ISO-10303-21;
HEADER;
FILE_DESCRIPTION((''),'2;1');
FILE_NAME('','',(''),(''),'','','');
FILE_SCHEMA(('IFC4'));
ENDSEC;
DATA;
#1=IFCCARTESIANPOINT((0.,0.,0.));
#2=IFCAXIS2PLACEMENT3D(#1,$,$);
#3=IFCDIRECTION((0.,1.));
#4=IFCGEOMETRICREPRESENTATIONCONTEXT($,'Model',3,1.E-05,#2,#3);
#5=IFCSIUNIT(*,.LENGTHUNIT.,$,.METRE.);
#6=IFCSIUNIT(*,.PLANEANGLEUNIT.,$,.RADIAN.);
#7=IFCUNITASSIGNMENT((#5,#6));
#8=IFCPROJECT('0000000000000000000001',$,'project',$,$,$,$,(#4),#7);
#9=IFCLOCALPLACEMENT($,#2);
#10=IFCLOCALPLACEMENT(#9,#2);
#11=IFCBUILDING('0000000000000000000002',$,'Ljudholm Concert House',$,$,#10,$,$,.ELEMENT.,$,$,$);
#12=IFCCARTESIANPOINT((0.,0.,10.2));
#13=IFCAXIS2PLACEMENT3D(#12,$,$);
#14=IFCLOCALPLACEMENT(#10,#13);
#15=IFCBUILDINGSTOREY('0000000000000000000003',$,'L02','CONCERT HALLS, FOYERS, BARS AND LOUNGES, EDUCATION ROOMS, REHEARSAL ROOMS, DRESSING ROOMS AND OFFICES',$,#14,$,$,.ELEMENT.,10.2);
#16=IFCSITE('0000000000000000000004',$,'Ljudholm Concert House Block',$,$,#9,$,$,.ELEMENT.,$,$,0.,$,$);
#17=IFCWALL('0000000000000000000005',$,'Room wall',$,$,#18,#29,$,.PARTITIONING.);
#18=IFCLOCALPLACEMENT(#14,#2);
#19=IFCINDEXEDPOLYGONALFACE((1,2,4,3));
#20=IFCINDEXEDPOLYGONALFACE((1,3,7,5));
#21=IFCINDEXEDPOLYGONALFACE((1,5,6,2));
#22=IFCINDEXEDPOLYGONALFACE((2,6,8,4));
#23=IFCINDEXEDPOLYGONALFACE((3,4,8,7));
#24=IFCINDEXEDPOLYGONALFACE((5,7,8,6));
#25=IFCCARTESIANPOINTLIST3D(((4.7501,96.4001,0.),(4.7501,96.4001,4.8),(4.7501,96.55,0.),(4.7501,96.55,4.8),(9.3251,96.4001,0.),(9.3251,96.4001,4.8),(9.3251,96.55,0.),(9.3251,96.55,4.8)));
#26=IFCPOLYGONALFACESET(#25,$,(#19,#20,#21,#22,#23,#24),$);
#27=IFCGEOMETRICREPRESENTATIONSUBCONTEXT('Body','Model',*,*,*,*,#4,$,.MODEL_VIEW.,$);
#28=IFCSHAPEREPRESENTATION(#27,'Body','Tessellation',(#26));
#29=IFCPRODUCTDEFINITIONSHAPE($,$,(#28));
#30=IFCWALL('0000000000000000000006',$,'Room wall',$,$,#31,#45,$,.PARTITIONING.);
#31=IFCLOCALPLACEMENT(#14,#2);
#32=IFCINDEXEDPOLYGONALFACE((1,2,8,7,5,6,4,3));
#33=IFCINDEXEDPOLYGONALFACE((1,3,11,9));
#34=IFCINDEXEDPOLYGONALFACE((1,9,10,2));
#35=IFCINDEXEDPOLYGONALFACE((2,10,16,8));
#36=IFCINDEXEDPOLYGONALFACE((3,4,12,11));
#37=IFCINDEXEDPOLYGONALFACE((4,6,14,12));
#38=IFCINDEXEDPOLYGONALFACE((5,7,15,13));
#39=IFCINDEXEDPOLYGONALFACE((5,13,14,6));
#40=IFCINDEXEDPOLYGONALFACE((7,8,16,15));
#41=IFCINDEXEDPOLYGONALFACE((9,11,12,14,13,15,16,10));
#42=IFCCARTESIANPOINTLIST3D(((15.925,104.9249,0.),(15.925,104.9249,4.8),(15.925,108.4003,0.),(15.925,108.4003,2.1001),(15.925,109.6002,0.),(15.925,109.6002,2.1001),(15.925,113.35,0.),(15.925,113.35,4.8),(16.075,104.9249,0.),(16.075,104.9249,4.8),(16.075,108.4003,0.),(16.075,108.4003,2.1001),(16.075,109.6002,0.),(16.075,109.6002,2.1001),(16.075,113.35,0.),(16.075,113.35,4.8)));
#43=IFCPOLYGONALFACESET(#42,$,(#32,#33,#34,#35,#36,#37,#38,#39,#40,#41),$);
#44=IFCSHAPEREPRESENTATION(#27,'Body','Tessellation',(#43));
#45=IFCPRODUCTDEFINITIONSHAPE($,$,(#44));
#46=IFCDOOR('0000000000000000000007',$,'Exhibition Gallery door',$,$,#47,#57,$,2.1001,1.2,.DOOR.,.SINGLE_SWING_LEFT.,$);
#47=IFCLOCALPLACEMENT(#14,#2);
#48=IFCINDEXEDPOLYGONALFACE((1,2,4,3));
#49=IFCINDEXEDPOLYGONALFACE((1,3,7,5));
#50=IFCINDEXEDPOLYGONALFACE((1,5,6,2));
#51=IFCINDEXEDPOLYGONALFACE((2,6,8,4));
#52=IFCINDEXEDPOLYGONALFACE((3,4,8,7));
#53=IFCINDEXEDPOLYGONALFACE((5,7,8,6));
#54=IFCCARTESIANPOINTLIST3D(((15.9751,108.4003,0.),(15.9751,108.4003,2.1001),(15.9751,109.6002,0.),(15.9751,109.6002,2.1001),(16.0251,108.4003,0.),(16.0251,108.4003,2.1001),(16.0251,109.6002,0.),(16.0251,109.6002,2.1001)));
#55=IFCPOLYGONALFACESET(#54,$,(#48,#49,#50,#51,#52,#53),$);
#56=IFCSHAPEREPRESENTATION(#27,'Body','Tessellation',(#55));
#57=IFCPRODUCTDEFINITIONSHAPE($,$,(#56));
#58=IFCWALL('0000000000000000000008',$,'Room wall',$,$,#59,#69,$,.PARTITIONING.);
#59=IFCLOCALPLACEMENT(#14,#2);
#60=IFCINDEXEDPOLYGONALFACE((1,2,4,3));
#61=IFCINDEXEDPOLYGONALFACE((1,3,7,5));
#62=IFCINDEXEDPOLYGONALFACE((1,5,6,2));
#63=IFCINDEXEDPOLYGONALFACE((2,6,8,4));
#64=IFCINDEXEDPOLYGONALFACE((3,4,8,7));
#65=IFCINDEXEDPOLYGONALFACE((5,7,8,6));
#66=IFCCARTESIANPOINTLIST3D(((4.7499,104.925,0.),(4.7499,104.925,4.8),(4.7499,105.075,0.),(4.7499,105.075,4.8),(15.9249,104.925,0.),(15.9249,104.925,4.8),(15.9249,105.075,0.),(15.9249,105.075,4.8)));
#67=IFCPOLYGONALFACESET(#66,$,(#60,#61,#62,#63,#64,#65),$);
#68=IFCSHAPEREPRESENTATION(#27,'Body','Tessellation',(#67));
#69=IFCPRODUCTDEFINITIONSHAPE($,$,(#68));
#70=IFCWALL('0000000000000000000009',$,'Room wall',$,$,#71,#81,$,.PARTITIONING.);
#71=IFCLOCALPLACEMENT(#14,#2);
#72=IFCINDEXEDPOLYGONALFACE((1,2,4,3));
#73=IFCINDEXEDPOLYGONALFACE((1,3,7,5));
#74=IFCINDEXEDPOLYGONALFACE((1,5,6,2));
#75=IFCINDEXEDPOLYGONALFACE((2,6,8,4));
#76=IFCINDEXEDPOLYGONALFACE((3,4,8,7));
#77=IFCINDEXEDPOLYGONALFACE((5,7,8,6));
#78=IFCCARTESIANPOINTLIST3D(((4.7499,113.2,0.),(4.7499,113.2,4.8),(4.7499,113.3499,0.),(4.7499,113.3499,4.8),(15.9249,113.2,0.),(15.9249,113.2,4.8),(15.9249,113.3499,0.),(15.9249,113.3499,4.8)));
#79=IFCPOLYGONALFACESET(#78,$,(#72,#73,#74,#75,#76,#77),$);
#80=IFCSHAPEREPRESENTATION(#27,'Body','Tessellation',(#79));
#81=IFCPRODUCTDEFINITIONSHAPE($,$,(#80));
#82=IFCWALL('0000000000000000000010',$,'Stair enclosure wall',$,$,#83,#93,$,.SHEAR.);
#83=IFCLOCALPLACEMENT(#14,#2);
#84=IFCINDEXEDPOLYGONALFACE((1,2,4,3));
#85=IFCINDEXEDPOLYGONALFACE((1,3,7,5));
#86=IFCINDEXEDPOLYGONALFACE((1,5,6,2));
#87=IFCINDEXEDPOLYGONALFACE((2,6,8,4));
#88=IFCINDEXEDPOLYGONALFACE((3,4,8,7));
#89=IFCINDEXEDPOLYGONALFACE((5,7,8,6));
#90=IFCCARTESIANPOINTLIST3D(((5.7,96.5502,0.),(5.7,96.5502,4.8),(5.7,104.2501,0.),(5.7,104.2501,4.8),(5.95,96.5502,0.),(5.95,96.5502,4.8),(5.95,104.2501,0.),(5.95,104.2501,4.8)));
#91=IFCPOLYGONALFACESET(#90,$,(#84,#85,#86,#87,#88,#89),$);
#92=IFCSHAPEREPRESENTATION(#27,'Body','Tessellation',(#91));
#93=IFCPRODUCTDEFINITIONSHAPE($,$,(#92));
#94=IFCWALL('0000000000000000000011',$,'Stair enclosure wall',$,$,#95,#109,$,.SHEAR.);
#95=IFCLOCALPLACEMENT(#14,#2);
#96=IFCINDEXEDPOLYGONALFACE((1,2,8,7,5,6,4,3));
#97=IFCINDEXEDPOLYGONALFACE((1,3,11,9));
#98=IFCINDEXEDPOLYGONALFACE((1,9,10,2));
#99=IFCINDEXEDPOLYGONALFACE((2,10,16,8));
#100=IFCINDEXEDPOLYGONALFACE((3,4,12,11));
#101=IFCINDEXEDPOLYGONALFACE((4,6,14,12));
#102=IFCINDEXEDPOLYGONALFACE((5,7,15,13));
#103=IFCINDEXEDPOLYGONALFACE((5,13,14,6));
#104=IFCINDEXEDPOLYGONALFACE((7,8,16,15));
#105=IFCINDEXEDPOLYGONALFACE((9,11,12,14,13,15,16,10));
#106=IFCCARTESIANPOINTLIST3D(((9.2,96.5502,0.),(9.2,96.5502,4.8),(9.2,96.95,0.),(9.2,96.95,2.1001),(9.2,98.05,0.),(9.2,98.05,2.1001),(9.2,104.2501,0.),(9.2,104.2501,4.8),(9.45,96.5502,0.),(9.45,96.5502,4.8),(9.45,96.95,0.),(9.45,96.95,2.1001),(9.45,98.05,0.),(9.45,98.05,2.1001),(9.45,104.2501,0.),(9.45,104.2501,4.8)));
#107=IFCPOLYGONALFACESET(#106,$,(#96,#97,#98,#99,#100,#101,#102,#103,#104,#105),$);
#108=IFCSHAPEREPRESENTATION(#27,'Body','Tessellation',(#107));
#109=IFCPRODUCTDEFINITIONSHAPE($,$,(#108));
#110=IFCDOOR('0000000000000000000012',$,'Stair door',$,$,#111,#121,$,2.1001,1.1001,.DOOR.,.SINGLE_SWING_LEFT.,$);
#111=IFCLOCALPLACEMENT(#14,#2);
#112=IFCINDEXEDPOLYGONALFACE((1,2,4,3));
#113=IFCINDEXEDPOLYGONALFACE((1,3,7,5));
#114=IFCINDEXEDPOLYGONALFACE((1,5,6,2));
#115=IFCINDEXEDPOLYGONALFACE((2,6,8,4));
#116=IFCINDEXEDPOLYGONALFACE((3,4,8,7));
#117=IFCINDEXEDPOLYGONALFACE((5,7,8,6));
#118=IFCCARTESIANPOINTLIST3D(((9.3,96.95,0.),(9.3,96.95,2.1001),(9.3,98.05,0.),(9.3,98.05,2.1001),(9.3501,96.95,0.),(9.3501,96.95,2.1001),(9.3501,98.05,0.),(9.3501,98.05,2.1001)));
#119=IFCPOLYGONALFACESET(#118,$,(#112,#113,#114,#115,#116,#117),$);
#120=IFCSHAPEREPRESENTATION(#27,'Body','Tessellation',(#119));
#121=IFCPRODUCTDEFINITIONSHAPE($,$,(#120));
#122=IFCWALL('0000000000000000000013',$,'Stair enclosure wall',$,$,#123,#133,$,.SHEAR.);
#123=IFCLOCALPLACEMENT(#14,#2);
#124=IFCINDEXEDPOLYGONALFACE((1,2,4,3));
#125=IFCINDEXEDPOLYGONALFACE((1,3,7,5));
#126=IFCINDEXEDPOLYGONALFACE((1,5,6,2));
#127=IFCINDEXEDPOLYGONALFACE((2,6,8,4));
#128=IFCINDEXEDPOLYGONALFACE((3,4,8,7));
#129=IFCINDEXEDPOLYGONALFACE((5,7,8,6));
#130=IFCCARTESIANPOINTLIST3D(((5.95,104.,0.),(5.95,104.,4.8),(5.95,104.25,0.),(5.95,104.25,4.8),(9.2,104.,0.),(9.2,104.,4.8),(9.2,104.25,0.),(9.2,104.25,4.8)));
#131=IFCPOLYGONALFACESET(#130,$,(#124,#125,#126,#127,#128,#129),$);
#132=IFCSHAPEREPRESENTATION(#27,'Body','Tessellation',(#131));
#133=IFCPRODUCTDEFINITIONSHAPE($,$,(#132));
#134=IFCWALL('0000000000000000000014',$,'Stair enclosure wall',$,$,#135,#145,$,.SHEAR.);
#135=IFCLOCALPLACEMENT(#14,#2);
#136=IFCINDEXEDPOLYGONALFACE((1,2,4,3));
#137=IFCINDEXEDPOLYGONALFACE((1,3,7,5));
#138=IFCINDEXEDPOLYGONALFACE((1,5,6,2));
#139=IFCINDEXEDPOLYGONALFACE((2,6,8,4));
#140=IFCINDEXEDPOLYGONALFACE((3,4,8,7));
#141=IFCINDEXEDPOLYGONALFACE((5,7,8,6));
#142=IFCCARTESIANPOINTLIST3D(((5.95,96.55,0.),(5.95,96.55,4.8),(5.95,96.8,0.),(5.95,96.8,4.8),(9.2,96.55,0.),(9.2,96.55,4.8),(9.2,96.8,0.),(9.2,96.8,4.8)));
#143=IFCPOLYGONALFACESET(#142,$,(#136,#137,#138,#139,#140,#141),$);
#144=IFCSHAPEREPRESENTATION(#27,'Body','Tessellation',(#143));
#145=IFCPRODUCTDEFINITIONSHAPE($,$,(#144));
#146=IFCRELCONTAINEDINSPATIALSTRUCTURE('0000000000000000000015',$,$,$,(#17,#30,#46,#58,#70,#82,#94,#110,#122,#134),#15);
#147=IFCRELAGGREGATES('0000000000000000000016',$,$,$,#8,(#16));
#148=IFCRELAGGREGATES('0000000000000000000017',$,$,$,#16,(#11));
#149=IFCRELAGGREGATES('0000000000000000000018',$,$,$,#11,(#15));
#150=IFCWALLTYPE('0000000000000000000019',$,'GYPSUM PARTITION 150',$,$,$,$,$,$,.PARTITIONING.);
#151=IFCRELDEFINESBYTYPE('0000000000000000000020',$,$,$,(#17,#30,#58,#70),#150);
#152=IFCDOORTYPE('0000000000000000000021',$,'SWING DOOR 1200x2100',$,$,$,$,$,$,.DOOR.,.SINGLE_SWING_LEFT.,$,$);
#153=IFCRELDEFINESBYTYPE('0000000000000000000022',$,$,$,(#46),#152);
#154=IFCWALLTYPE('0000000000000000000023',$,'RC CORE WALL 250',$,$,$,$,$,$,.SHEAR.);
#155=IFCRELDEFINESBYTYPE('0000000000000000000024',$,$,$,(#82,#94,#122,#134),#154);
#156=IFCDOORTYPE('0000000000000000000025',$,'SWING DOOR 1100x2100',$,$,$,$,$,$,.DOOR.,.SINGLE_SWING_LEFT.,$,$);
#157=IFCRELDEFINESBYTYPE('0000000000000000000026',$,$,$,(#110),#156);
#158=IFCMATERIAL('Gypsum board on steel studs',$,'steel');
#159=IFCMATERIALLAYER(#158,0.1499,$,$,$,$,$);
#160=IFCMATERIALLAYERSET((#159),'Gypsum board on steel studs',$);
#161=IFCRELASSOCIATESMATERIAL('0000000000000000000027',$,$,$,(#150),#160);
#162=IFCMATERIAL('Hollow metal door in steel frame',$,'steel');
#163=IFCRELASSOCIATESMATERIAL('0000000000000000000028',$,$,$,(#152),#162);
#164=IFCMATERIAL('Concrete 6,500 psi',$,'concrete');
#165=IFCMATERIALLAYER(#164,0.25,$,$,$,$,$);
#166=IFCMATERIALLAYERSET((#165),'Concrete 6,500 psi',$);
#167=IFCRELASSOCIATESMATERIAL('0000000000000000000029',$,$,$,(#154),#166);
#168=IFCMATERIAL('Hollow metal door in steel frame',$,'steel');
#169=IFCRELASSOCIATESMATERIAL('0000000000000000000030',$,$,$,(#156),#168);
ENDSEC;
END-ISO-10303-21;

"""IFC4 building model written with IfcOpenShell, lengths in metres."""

from ifc_helpers import new_model, si_unit, direction, frame, frame_2d, origin, place, context, subcontext, project, spatial, rectangle, extrude, material, layer, layer_set, type_object, element, fill, save


model = new_model("IFC4")

# Units and contexts
model_context = context("Model", 3, precision=1e-05, world=origin(), true_north=direction((0.0, 1.0)))
body_context = subcontext(model_context, "Body", "Model", "MODEL_VIEW")
ifc_project = project(units=[si_unit("LENGTHUNIT", "METRE"), si_unit("PLANEANGLEUNIT", "RADIAN")], contexts=[model_context])

# Site, building, storey
site_placement = place(None, origin())
site = spatial("IfcSite", under=ifc_project, at=site_placement, Name="Ljudholm Concert House Block", CompositionType="ELEMENT", RefElevation=0.0)
building_placement = place(site_placement, origin())
building = spatial("IfcBuilding", under=site, at=building_placement, Name="Ljudholm Concert House", CompositionType="ELEMENT")
storey_placement = place(building_placement, frame((0.0, 0.0, 10.2)))
storey = spatial("IfcBuildingStorey", under=building, at=storey_placement, Name="L02", Description="CONCERT HALLS, FOYERS, BARS AND LOUNGES, EDUCATION ROOMS, REHEARSAL ROOMS, DRESSING ROOMS AND OFFICES", CompositionType="ELEMENT", Elevation=10.2)

# Wall
ifc_material_1 = material(Name="Gypsum board on steel studs", Category="steel")
ifc_layer_1 = layer(ifc_material_1, 0.1499)
ifc_layer_set_1 = layer_set([ifc_layer_1], Name="Gypsum board on steel studs")
wall_type_1 = type_object("IfcWallType", Name="GYPSUM PARTITION 150", PredefinedType="PARTITIONING", material=ifc_layer_set_1)
wall_1_placement = place(storey_placement, frame((4.75, 96.4751, 0.0), z_axis=(0.0, 0.0, 1.0), x_axis=(1.0, 0.0, 0.0)))
element("IfcWall", 1, at=wall_1_placement, inside=storey, type_object=wall_type_1, Name="Room wall", PredefinedType="PARTITIONING", context=body_context, shape_type="SweptSolid", body=[
    extrude(rectangle(XDim=4.575, YDim=0.1499, at=frame_2d((2.2876, 0.0))), origin(), (0.0, 0.0, 1.0), 4.8),
])

# Wall, opening, door
wall_2_placement = place(storey_placement, frame((16.0, 104.925, 0.0), z_axis=(0.0, 0.0, 1.0), x_axis=(0.0, 1.0, 0.0)))
wall_2 = element("IfcWall", 2, at=wall_2_placement, inside=storey, type_object=wall_type_1, Name="Room wall", PredefinedType="PARTITIONING", context=body_context, shape_type="SweptSolid", body=[
    extrude(rectangle(XDim=8.425, YDim=0.1499, at=frame_2d((4.2124, 0.0))), origin(), (0.0, 0.0, 1.0), 4.8),
])
opening_1_placement = place(wall_2_placement, frame((3.4751, 0.0, 0.0)))
opening_1 = element("IfcOpeningElement", 3, at=opening_1_placement, cuts=wall_2, PredefinedType="OPENING", context=body_context, shape_type="SweptSolid", body=[
    extrude(rectangle(XDim=1.2, YDim=2.1001, at=frame_2d((0.6001, 1.05))), frame((0.0, 0.085, 0.0), z_axis=(0.0, -1.0, 0.0), x_axis=(1.0, 0.0, 0.0)), (0.0, 0.0, 1.0), 0.1699),
])
ifc_material_2 = material(Name="Hollow metal door in steel frame", Category="steel")
door_type_1 = type_object("IfcDoorType", Name="SWING DOOR 1200x2100", OperationType="SINGLE_SWING_LEFT", PredefinedType="DOOR", material=ifc_material_2)
door_1_placement = place(opening_1_placement, origin())
door_1 = element("IfcDoor", 4, at=door_1_placement, inside=storey, type_object=door_type_1, Name="Exhibition Gallery door", OperationType="SINGLE_SWING_LEFT", OverallHeight=2.1001, OverallWidth=1.2, PredefinedType="DOOR", context=body_context, shape_type="SweptSolid", body=[
    extrude(rectangle(XDim=1.2, YDim=2.1001, at=frame_2d((0.6001, 1.05))), frame((0.0, 0.0249, 0.0), z_axis=(0.0, -1.0, 0.0), x_axis=(1.0, 0.0, 0.0)), (0.0, 0.0, 1.0), 0.05),
])
fill(opening_1, door_1)

# Walls
for number, where, z_axis, x_axis, name in (
    (5, (4.75, 105.0, 0.0), (0.0, 0.0, 1.0), (1.0, 0.0, 0.0), "Room wall"),
    (6, (4.75, 113.2749, 0.0), (0.0, 0.0, 1.0), (1.0, 0.0, 0.0), "Room wall"),
):
    element("IfcWall", number, at=place(storey_placement, frame(where, z_axis=z_axis, x_axis=x_axis)), inside=storey, type_object=wall_type_1, Name=name, PredefinedType="PARTITIONING", context=body_context, shape_type="SweptSolid", body=[
        extrude(rectangle(XDim=11.175, YDim=0.1499, at=frame_2d((5.5874, 0.0))), origin(), (0.0, 0.0, 1.0), 4.8),
    ])
ifc_material_3 = material(Name="Concrete 6,500 psi", Category="concrete")
ifc_layer_2 = layer(ifc_material_3, 0.25)
ifc_layer_set_2 = layer_set([ifc_layer_2], Name="Concrete 6,500 psi")
wall_type_2 = type_object("IfcWallType", Name="RC CORE WALL 250", PredefinedType="SHEAR", material=ifc_layer_set_2)
wall_3_placement = place(storey_placement, frame((5.825, 96.55, 0.0), z_axis=(0.0, 0.0, 1.0), x_axis=(0.0, 1.0, 0.0)))
element("IfcWall", 7, at=wall_3_placement, inside=storey, type_object=wall_type_2, Name="Stair enclosure wall", PredefinedType="SHEAR", context=body_context, shape_type="SweptSolid", body=[
    extrude(rectangle(XDim=7.7, YDim=0.25, at=frame_2d((3.8501, 0.0))), origin(), (0.0, 0.0, 1.0), 4.8),
])

# Wall, opening, door
wall_4_placement = place(storey_placement, frame((9.325, 96.55, 0.0), z_axis=(0.0, 0.0, 1.0), x_axis=(0.0, 1.0, 0.0)))
wall_4 = element("IfcWall", 8, at=wall_4_placement, inside=storey, type_object=wall_type_2, Name="Stair enclosure wall", PredefinedType="SHEAR", context=body_context, shape_type="SweptSolid", body=[
    extrude(rectangle(XDim=7.7, YDim=0.25, at=frame_2d((3.8501, 0.0))), origin(), (0.0, 0.0, 1.0), 4.8),
])
opening_2_placement = place(wall_4_placement, frame((0.3999, 0.0, 0.0)))
opening_2 = element("IfcOpeningElement", 9, at=opening_2_placement, cuts=wall_4, PredefinedType="OPENING", context=body_context, shape_type="SweptSolid", body=[
    extrude(rectangle(XDim=1.1001, YDim=2.1001, at=frame_2d((0.55, 1.05))), frame((0.0, 0.135, 0.0), z_axis=(0.0, -1.0, 0.0), x_axis=(1.0, 0.0, 0.0)), (0.0, 0.0, 1.0), 0.27),
])
ifc_material_4 = material(Name="Hollow metal door in steel frame", Category="steel")
door_type_2 = type_object("IfcDoorType", Name="SWING DOOR 1100x2100", OperationType="SINGLE_SWING_LEFT", PredefinedType="DOOR", material=ifc_material_4)
door_2_placement = place(opening_2_placement, origin())
door_2 = element("IfcDoor", 10, at=door_2_placement, inside=storey, type_object=door_type_2, Name="Stair door", OperationType="SINGLE_SWING_LEFT", OverallHeight=2.1001, OverallWidth=1.1001, PredefinedType="DOOR", context=body_context, shape_type="SweptSolid", body=[
    extrude(rectangle(XDim=1.1001, YDim=2.1001, at=frame_2d((0.55, 1.05))), frame((0.0, 0.0249, 0.0), z_axis=(0.0, -1.0, 0.0), x_axis=(1.0, 0.0, 0.0)), (0.0, 0.0, 1.0), 0.05),
])
fill(opening_2, door_2)

# Walls
for number, where, z_axis, x_axis, name in (
    (11, (5.95, 104.125, 0.0), (0.0, 0.0, 1.0), (1.0, 0.0, 0.0), "Stair enclosure wall"),
    (12, (5.95, 96.675, 0.0), (0.0, 0.0, 1.0), (1.0, 0.0, 0.0), "Stair enclosure wall"),
):
    element("IfcWall", number, at=place(storey_placement, frame(where, z_axis=z_axis, x_axis=x_axis)), inside=storey, type_object=wall_type_2, Name=name, PredefinedType="SHEAR", context=body_context, shape_type="SweptSolid", body=[
        extrude(rectangle(XDim=3.25, YDim=0.25, at=frame_2d((1.625, 0.0))), origin(), (0.0, 0.0, 1.0), 4.8),
    ])

save(model, "model.ifc")
